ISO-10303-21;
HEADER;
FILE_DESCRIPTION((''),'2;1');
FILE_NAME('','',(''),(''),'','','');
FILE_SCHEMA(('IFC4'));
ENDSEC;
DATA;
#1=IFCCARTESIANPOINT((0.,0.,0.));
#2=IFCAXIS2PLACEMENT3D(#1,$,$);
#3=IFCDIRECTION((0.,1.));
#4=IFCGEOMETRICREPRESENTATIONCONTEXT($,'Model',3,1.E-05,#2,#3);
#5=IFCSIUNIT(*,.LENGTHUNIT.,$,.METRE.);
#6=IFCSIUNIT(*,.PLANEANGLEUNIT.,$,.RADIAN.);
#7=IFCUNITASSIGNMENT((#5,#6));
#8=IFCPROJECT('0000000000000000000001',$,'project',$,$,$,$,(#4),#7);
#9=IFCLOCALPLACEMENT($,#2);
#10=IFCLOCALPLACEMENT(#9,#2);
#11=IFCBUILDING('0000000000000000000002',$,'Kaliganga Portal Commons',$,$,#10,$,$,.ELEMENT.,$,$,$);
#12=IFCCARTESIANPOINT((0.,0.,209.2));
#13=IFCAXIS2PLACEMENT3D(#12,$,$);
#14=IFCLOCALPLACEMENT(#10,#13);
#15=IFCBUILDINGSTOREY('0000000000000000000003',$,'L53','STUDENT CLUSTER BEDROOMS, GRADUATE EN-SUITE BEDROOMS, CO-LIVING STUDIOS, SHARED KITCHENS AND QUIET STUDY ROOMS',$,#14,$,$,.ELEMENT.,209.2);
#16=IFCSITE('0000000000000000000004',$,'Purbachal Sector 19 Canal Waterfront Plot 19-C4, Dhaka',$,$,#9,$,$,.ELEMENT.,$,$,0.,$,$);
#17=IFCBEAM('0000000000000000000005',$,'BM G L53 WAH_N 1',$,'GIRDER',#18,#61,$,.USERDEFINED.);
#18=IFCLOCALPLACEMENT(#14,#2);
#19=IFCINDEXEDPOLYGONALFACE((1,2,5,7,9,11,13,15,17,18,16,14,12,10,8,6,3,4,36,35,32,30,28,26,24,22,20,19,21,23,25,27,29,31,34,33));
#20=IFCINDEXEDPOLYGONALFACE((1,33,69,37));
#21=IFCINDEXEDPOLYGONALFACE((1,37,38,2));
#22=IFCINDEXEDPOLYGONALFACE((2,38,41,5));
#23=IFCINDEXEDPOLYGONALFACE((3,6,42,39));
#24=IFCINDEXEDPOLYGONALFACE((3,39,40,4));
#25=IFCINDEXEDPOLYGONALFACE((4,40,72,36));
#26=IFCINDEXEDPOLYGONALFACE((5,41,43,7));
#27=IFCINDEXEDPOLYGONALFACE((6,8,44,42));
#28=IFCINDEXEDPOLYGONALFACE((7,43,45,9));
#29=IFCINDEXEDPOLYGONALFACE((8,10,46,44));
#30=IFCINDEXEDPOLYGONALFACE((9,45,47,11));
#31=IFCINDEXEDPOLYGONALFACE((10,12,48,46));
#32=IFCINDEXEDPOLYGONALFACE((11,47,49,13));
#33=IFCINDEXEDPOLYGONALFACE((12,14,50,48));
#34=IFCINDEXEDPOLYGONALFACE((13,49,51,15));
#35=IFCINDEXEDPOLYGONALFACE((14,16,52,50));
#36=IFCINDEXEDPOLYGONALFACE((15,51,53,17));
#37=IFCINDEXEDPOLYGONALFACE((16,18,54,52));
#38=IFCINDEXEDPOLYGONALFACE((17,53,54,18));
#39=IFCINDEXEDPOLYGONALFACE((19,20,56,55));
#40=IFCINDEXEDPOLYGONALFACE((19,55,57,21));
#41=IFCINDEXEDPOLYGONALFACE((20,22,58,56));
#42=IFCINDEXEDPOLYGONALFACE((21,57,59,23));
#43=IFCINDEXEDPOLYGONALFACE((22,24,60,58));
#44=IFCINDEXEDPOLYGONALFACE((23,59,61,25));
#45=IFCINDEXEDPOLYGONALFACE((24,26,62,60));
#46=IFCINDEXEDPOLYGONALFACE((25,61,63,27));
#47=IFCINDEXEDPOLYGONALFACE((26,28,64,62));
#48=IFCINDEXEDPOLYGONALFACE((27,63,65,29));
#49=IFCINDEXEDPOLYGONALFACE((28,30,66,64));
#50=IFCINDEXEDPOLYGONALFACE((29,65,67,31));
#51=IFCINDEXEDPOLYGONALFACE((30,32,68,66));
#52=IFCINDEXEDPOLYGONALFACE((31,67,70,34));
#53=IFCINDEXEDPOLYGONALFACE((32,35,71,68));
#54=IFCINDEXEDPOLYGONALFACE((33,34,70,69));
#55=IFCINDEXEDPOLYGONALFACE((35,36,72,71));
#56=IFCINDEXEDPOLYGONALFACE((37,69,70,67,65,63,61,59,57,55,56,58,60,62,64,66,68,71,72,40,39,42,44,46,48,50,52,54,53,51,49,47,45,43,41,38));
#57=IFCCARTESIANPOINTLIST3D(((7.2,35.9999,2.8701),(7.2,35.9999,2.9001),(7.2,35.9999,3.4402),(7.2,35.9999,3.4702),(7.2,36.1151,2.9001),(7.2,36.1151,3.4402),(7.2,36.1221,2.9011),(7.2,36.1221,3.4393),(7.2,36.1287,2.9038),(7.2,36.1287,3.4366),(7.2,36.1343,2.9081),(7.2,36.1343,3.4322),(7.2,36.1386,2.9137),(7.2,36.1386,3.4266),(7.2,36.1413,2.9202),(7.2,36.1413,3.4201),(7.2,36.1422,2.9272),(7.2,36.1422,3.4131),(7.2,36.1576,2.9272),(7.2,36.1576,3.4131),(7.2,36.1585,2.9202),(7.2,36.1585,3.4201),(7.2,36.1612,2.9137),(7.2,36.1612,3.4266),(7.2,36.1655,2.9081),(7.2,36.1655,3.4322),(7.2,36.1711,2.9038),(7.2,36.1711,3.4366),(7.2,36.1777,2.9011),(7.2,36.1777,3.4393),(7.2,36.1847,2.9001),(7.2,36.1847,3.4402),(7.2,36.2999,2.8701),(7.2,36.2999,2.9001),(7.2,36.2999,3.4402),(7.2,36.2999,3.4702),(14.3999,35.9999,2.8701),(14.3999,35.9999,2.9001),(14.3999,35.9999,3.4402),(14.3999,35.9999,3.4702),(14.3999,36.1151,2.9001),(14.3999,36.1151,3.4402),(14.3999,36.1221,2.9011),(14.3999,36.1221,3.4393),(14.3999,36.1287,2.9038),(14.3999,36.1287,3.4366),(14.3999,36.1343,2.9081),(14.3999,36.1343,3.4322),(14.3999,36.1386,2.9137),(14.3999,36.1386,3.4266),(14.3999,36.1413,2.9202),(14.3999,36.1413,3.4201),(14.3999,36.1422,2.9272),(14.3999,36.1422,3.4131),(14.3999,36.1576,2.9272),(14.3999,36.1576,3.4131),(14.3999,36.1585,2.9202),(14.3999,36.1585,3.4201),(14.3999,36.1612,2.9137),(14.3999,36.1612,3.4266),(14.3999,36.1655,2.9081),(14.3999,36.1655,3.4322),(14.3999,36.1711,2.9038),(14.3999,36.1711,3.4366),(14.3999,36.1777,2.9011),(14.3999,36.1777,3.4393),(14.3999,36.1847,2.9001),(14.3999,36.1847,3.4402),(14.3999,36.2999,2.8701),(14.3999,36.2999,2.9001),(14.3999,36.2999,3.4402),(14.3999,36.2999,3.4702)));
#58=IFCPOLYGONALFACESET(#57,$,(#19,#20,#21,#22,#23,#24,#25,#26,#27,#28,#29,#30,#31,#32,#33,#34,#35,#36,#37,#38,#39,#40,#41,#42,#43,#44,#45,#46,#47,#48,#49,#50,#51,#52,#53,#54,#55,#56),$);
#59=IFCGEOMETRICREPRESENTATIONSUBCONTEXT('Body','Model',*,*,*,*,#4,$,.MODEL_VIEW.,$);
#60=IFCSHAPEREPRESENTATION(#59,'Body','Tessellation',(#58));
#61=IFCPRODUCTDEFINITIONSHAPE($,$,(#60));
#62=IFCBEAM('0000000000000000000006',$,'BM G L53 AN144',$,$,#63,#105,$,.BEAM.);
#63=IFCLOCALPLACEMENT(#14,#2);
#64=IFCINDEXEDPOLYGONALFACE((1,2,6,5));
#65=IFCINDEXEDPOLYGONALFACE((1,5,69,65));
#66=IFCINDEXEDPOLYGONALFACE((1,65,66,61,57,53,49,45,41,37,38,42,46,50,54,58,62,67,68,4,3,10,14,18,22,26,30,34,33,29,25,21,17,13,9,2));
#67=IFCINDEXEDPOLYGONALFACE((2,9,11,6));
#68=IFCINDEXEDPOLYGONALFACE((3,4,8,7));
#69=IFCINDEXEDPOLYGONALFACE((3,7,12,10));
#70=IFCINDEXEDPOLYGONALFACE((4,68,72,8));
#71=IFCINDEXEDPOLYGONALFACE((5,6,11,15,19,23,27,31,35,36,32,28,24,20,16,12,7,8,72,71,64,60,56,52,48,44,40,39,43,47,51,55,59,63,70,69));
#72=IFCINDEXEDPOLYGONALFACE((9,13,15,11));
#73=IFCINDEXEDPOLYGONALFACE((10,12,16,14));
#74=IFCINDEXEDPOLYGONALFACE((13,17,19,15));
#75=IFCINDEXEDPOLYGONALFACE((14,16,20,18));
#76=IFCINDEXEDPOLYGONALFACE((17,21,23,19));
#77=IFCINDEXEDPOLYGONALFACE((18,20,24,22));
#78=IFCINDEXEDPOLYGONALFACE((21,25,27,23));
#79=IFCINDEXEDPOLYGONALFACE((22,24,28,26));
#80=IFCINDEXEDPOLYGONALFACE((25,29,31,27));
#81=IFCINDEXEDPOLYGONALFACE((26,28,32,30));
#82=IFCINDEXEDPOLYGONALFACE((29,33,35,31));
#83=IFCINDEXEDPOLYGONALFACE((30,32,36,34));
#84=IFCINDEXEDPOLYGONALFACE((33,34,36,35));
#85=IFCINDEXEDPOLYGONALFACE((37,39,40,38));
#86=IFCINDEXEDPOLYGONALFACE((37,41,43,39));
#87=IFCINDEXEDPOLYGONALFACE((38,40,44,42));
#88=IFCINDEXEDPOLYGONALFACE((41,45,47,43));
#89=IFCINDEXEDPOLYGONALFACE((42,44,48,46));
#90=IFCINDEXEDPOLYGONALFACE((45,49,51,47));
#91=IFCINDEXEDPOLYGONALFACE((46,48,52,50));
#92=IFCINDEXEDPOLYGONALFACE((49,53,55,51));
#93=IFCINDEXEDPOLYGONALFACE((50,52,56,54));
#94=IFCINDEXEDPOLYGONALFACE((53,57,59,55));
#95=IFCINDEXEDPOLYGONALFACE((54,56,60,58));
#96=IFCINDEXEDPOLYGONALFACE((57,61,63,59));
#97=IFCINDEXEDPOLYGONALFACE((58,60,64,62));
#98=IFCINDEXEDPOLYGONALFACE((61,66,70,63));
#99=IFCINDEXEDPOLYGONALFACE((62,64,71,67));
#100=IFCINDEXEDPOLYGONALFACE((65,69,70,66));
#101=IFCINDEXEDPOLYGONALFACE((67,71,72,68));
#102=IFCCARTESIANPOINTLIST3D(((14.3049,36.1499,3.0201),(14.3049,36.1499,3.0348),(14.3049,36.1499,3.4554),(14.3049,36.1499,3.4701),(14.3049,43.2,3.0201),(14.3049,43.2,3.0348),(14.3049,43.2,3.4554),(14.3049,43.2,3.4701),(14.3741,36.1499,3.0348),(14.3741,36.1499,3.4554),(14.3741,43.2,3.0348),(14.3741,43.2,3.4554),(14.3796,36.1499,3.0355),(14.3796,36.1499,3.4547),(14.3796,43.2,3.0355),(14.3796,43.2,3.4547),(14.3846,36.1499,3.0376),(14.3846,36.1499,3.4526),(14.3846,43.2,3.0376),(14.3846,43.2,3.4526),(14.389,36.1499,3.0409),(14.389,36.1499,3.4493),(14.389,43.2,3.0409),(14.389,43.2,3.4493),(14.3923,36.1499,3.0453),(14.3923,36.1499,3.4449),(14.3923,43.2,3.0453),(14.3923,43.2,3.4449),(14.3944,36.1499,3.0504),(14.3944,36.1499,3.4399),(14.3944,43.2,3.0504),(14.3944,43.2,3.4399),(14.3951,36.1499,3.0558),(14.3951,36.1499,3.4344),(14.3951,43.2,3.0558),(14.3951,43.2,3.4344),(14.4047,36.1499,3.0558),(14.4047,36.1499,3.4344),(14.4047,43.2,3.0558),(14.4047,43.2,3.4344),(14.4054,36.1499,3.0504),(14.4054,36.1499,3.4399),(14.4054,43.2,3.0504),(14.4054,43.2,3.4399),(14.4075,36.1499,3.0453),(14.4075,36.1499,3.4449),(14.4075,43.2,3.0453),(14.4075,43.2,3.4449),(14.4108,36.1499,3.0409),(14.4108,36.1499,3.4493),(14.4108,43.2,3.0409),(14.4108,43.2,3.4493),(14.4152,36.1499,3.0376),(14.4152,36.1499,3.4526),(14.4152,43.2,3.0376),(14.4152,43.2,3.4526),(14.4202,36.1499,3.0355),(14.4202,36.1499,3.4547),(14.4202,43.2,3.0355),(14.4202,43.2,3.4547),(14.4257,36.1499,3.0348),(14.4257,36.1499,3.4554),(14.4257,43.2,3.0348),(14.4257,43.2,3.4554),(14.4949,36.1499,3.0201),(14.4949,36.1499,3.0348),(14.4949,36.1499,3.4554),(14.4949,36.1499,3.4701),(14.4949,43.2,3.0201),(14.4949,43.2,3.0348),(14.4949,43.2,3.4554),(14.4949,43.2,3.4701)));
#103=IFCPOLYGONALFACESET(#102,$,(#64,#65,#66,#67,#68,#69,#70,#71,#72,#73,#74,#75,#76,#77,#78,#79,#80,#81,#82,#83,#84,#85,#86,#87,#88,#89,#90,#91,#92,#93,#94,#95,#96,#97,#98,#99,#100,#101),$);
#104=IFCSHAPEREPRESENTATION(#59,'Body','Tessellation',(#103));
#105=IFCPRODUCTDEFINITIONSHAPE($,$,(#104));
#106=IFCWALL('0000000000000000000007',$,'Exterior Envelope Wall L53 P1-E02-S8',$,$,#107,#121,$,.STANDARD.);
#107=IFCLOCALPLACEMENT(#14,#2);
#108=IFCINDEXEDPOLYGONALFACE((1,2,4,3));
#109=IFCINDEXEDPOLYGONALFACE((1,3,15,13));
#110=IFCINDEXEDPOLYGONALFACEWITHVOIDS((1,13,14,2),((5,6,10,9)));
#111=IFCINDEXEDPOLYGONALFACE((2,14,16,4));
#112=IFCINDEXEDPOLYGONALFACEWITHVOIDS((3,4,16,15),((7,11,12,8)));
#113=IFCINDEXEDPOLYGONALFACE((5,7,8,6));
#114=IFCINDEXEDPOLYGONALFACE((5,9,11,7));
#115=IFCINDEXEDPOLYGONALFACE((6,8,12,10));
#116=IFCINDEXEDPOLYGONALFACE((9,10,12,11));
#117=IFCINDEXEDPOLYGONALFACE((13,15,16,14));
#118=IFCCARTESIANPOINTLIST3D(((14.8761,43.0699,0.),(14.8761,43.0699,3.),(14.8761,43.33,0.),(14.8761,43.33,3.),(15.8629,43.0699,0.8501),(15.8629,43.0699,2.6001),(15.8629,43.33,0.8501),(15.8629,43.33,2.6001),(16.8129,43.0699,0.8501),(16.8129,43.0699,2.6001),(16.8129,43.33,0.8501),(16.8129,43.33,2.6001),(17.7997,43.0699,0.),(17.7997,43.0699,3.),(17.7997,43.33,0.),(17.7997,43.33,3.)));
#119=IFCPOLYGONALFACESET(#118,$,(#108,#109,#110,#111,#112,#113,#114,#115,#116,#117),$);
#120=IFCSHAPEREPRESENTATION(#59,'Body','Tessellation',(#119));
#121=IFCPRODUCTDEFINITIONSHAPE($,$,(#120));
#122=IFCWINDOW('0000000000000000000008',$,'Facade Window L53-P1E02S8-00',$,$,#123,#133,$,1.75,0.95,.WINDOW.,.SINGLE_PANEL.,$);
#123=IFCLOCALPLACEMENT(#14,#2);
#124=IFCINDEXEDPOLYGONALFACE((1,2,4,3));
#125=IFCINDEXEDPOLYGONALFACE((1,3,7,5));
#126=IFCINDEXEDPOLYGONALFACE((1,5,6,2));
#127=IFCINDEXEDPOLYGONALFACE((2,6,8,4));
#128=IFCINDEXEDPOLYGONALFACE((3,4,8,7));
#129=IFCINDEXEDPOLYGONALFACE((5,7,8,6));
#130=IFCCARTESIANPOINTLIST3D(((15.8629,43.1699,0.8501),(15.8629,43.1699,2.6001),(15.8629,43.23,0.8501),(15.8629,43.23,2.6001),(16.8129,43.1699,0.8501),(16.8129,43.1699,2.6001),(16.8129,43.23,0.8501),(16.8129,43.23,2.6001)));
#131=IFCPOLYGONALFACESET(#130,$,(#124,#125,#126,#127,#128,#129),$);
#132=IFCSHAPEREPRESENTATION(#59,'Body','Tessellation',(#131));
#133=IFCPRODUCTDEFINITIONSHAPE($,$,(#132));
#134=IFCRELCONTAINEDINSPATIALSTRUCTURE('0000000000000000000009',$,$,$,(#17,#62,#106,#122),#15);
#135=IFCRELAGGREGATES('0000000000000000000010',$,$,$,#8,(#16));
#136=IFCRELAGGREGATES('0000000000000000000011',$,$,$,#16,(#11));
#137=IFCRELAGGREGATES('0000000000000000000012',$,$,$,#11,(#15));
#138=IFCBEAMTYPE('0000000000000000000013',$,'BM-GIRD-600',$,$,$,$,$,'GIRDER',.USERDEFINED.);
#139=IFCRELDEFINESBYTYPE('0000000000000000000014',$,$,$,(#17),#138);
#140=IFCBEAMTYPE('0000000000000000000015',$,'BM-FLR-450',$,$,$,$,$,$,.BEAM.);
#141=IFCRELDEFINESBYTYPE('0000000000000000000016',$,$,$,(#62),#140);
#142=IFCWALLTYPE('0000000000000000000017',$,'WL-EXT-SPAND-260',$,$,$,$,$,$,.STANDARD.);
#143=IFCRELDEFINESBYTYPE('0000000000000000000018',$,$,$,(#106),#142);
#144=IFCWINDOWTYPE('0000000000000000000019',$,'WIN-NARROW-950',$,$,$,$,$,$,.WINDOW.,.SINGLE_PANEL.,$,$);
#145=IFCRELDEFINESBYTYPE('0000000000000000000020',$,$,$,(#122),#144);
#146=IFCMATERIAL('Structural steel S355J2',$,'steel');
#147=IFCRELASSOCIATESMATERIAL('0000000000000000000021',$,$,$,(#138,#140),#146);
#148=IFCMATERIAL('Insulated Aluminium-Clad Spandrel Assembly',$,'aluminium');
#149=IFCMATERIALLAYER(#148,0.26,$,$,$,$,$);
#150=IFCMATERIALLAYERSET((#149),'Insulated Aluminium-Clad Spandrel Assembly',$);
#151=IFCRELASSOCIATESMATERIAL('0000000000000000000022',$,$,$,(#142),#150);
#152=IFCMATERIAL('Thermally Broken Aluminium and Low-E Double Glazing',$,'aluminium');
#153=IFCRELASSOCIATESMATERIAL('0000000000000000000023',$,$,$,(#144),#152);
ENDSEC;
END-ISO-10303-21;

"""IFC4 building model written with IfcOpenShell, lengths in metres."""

from ifc_helpers import new_model, si_unit, direction, frame, frame_2d, origin, origin_2d, place, context, subcontext, project, spatial, rectangle, i_section, extrude, source, transform, mapped, material, layer, layer_set, material_profile, profile_set, type_object, element, fill, save


model = new_model("IFC4")

# Units and contexts
model_context = context("Model", 3, precision=1e-05, world=origin(), true_north=direction((0.0, 1.0)))
body_context = subcontext(model_context, "Body", "Model", "MODEL_VIEW")
ifc_project = project(units=[si_unit("LENGTHUNIT", "METRE"), si_unit("PLANEANGLEUNIT", "RADIAN")], contexts=[model_context])

# Site, building, storey
site_placement = place(None, origin())
site = spatial("IfcSite", under=ifc_project, at=site_placement, Name="Purbachal Sector 19 Canal Waterfront Plot 19-C4, Dhaka", CompositionType="ELEMENT", RefElevation=0.0)
building_placement = place(site_placement, origin())
building = spatial("IfcBuilding", under=site, at=building_placement, Name="Kaliganga Portal Commons", CompositionType="ELEMENT")
storey_placement = place(building_placement, frame((0.0, 0.0, 209.2)))
storey = spatial("IfcBuildingStorey", under=building, at=storey_placement, Name="L53", Description="STUDENT CLUSTER BEDROOMS, GRADUATE EN-SUITE BEDROOMS, CO-LIVING STUDIOS, SHARED KITCHENS AND QUIET STUDY ROOMS", CompositionType="ELEMENT", Elevation=209.2)

# Shared definitions
ifc_material_1 = material(Name="Structural steel S355J2", Category="steel")

# Beams
ifc_material_profile_1 = material_profile(ifc_material_1, i_section(OverallWidth=0.3, OverallDepth=0.6001, WebThickness=0.0154, FlangeThickness=0.03, FilletRadius=0.0271, at=origin_2d()), Name="HE 600 B")
ifc_profile_set_1 = profile_set([ifc_material_profile_1], Name="Structural steel S355J2 wide-flange")
beam_type_1 = type_object("IfcBeamType", Name="BM-GIRD-600", ElementType="GIRDER", PredefinedType="USERDEFINED", material=ifc_profile_set_1)
shared_shape_1 = source(origin(), body_context, "Body", "SweptSolid", [
    extrude(i_section(OverallWidth=0.3, OverallDepth=0.6001, WebThickness=0.0154, FlangeThickness=0.03, FilletRadius=0.0271, at=origin_2d()), origin(), (0.0, 0.0, 1.0), 7.2),
])
beam_1_placement = place(storey_placement, frame((7.2, 36.1499, 3.1702), z_axis=(1.0, 0.0, 0.0), x_axis=(0.0, 1.0, 0.0)))
element("IfcBeam", 1, at=beam_1_placement, inside=storey, type_object=beam_type_1, Name="BM G L53 WAH_N 1", ObjectType="GIRDER", PredefinedType="USERDEFINED", context=body_context, shape_type="MappedRepresentation", body=[
    mapped(shared_shape_1, transform((0.0, 0.0, 0.0), x_axis=(1.0, 0.0, 0.0), y_axis=(0.0, 1.0, 0.0), z_axis=(0.0, 0.0, 1.0), scale=1.0)),
])
ifc_material_profile_2 = material_profile(ifc_material_1, i_section(OverallWidth=0.1899, OverallDepth=0.45, WebThickness=0.0095, FlangeThickness=0.0146, FilletRadius=0.021, at=origin_2d()), Name="IPE 450")
ifc_profile_set_2 = profile_set([ifc_material_profile_2], Name="Structural steel S355J2 wide-flange")
beam_type_2 = type_object("IfcBeamType", Name="BM-FLR-450", PredefinedType="BEAM", material=ifc_profile_set_2)
shared_shape_2 = source(origin(), body_context, "Body", "SweptSolid", [
    extrude(i_section(OverallWidth=0.1899, OverallDepth=0.45, WebThickness=0.0095, FlangeThickness=0.0146, FilletRadius=0.021, at=origin_2d()), origin(), (0.0, 0.0, 1.0), 7.05),
])
beam_2_placement = place(storey_placement, frame((14.3999, 36.1499, 3.2451), z_axis=(0.0, 1.0, 0.0), x_axis=(-1.0, 0.0, 0.0)))
element("IfcBeam", 2, at=beam_2_placement, inside=storey, type_object=beam_type_2, Name="BM G L53 AN144", PredefinedType="BEAM", context=body_context, shape_type="MappedRepresentation", body=[
    mapped(shared_shape_2, transform((0.0, 0.0, 0.0), x_axis=(1.0, 0.0, 0.0), y_axis=(0.0, 1.0, 0.0), z_axis=(0.0, 0.0, 1.0), scale=1.0)),
])

# Wall, opening, window
ifc_material_2 = material(Name="Insulated Aluminium-Clad Spandrel Assembly", Category="aluminium")
ifc_layer_1 = layer(ifc_material_2, 0.26)
ifc_layer_set_1 = layer_set([ifc_layer_1], Name="Insulated Aluminium-Clad Spandrel Assembly")
wall_type_1 = type_object("IfcWallType", Name="WL-EXT-SPAND-260", PredefinedType="STANDARD", material=ifc_layer_set_1)
wall_1_placement = place(storey_placement, frame((14.876, 43.2, 0.0), z_axis=(0.0, 0.0, 1.0), x_axis=(1.0, 0.0, 0.0)))
wall_1 = element("IfcWall", 3, at=wall_1_placement, inside=storey, type_object=wall_type_1, Name="Exterior Envelope Wall L53 P1-E02-S8", PredefinedType="STANDARD", context=body_context, shape_type="SweptSolid", body=[
    extrude(rectangle(XDim=2.9236, YDim=0.26, at=frame_2d((1.4619, 0.0))), origin(), (0.0, 0.0, 1.0), 3.0),
])
opening_1_placement = place(wall_1_placement, frame((0.9868, 0.0, 0.8501)))
opening_1 = element("IfcOpeningElement", 4, at=opening_1_placement, cuts=wall_1, PredefinedType="OPENING", context=body_context, shape_type="SweptSolid", body=[
    extrude(rectangle(XDim=0.95, YDim=1.75, at=frame_2d((0.4751, 0.875))), frame((0.0, 0.1401, 0.0), z_axis=(0.0, -1.0, 0.0), x_axis=(1.0, 0.0, 0.0)), (0.0, 0.0, 1.0), 0.28),
])
ifc_material_3 = material(Name="Thermally Broken Aluminium and Low-E Double Glazing", Category="aluminium")
window_type_1 = type_object("IfcWindowType", Name="WIN-NARROW-950", PartitioningType="SINGLE_PANEL", PredefinedType="WINDOW", material=ifc_material_3)
window_1_placement = place(opening_1_placement, origin())
window_1 = element("IfcWindow", 5, at=window_1_placement, inside=storey, type_object=window_type_1, Name="Facade Window L53-P1E02S8-00", OverallHeight=1.75, OverallWidth=0.95, PartitioningType="SINGLE_PANEL", PredefinedType="WINDOW", context=body_context, shape_type="SweptSolid", body=[
    extrude(rectangle(XDim=0.95, YDim=1.75, at=frame_2d((0.4751, 0.875))), frame((0.0, 0.03, 0.0), z_axis=(0.0, -1.0, 0.0), x_axis=(1.0, 0.0, 0.0)), (0.0, 0.0, 1.0), 0.0601),
])
fill(opening_1, window_1)

save(model, "model.ifc")
